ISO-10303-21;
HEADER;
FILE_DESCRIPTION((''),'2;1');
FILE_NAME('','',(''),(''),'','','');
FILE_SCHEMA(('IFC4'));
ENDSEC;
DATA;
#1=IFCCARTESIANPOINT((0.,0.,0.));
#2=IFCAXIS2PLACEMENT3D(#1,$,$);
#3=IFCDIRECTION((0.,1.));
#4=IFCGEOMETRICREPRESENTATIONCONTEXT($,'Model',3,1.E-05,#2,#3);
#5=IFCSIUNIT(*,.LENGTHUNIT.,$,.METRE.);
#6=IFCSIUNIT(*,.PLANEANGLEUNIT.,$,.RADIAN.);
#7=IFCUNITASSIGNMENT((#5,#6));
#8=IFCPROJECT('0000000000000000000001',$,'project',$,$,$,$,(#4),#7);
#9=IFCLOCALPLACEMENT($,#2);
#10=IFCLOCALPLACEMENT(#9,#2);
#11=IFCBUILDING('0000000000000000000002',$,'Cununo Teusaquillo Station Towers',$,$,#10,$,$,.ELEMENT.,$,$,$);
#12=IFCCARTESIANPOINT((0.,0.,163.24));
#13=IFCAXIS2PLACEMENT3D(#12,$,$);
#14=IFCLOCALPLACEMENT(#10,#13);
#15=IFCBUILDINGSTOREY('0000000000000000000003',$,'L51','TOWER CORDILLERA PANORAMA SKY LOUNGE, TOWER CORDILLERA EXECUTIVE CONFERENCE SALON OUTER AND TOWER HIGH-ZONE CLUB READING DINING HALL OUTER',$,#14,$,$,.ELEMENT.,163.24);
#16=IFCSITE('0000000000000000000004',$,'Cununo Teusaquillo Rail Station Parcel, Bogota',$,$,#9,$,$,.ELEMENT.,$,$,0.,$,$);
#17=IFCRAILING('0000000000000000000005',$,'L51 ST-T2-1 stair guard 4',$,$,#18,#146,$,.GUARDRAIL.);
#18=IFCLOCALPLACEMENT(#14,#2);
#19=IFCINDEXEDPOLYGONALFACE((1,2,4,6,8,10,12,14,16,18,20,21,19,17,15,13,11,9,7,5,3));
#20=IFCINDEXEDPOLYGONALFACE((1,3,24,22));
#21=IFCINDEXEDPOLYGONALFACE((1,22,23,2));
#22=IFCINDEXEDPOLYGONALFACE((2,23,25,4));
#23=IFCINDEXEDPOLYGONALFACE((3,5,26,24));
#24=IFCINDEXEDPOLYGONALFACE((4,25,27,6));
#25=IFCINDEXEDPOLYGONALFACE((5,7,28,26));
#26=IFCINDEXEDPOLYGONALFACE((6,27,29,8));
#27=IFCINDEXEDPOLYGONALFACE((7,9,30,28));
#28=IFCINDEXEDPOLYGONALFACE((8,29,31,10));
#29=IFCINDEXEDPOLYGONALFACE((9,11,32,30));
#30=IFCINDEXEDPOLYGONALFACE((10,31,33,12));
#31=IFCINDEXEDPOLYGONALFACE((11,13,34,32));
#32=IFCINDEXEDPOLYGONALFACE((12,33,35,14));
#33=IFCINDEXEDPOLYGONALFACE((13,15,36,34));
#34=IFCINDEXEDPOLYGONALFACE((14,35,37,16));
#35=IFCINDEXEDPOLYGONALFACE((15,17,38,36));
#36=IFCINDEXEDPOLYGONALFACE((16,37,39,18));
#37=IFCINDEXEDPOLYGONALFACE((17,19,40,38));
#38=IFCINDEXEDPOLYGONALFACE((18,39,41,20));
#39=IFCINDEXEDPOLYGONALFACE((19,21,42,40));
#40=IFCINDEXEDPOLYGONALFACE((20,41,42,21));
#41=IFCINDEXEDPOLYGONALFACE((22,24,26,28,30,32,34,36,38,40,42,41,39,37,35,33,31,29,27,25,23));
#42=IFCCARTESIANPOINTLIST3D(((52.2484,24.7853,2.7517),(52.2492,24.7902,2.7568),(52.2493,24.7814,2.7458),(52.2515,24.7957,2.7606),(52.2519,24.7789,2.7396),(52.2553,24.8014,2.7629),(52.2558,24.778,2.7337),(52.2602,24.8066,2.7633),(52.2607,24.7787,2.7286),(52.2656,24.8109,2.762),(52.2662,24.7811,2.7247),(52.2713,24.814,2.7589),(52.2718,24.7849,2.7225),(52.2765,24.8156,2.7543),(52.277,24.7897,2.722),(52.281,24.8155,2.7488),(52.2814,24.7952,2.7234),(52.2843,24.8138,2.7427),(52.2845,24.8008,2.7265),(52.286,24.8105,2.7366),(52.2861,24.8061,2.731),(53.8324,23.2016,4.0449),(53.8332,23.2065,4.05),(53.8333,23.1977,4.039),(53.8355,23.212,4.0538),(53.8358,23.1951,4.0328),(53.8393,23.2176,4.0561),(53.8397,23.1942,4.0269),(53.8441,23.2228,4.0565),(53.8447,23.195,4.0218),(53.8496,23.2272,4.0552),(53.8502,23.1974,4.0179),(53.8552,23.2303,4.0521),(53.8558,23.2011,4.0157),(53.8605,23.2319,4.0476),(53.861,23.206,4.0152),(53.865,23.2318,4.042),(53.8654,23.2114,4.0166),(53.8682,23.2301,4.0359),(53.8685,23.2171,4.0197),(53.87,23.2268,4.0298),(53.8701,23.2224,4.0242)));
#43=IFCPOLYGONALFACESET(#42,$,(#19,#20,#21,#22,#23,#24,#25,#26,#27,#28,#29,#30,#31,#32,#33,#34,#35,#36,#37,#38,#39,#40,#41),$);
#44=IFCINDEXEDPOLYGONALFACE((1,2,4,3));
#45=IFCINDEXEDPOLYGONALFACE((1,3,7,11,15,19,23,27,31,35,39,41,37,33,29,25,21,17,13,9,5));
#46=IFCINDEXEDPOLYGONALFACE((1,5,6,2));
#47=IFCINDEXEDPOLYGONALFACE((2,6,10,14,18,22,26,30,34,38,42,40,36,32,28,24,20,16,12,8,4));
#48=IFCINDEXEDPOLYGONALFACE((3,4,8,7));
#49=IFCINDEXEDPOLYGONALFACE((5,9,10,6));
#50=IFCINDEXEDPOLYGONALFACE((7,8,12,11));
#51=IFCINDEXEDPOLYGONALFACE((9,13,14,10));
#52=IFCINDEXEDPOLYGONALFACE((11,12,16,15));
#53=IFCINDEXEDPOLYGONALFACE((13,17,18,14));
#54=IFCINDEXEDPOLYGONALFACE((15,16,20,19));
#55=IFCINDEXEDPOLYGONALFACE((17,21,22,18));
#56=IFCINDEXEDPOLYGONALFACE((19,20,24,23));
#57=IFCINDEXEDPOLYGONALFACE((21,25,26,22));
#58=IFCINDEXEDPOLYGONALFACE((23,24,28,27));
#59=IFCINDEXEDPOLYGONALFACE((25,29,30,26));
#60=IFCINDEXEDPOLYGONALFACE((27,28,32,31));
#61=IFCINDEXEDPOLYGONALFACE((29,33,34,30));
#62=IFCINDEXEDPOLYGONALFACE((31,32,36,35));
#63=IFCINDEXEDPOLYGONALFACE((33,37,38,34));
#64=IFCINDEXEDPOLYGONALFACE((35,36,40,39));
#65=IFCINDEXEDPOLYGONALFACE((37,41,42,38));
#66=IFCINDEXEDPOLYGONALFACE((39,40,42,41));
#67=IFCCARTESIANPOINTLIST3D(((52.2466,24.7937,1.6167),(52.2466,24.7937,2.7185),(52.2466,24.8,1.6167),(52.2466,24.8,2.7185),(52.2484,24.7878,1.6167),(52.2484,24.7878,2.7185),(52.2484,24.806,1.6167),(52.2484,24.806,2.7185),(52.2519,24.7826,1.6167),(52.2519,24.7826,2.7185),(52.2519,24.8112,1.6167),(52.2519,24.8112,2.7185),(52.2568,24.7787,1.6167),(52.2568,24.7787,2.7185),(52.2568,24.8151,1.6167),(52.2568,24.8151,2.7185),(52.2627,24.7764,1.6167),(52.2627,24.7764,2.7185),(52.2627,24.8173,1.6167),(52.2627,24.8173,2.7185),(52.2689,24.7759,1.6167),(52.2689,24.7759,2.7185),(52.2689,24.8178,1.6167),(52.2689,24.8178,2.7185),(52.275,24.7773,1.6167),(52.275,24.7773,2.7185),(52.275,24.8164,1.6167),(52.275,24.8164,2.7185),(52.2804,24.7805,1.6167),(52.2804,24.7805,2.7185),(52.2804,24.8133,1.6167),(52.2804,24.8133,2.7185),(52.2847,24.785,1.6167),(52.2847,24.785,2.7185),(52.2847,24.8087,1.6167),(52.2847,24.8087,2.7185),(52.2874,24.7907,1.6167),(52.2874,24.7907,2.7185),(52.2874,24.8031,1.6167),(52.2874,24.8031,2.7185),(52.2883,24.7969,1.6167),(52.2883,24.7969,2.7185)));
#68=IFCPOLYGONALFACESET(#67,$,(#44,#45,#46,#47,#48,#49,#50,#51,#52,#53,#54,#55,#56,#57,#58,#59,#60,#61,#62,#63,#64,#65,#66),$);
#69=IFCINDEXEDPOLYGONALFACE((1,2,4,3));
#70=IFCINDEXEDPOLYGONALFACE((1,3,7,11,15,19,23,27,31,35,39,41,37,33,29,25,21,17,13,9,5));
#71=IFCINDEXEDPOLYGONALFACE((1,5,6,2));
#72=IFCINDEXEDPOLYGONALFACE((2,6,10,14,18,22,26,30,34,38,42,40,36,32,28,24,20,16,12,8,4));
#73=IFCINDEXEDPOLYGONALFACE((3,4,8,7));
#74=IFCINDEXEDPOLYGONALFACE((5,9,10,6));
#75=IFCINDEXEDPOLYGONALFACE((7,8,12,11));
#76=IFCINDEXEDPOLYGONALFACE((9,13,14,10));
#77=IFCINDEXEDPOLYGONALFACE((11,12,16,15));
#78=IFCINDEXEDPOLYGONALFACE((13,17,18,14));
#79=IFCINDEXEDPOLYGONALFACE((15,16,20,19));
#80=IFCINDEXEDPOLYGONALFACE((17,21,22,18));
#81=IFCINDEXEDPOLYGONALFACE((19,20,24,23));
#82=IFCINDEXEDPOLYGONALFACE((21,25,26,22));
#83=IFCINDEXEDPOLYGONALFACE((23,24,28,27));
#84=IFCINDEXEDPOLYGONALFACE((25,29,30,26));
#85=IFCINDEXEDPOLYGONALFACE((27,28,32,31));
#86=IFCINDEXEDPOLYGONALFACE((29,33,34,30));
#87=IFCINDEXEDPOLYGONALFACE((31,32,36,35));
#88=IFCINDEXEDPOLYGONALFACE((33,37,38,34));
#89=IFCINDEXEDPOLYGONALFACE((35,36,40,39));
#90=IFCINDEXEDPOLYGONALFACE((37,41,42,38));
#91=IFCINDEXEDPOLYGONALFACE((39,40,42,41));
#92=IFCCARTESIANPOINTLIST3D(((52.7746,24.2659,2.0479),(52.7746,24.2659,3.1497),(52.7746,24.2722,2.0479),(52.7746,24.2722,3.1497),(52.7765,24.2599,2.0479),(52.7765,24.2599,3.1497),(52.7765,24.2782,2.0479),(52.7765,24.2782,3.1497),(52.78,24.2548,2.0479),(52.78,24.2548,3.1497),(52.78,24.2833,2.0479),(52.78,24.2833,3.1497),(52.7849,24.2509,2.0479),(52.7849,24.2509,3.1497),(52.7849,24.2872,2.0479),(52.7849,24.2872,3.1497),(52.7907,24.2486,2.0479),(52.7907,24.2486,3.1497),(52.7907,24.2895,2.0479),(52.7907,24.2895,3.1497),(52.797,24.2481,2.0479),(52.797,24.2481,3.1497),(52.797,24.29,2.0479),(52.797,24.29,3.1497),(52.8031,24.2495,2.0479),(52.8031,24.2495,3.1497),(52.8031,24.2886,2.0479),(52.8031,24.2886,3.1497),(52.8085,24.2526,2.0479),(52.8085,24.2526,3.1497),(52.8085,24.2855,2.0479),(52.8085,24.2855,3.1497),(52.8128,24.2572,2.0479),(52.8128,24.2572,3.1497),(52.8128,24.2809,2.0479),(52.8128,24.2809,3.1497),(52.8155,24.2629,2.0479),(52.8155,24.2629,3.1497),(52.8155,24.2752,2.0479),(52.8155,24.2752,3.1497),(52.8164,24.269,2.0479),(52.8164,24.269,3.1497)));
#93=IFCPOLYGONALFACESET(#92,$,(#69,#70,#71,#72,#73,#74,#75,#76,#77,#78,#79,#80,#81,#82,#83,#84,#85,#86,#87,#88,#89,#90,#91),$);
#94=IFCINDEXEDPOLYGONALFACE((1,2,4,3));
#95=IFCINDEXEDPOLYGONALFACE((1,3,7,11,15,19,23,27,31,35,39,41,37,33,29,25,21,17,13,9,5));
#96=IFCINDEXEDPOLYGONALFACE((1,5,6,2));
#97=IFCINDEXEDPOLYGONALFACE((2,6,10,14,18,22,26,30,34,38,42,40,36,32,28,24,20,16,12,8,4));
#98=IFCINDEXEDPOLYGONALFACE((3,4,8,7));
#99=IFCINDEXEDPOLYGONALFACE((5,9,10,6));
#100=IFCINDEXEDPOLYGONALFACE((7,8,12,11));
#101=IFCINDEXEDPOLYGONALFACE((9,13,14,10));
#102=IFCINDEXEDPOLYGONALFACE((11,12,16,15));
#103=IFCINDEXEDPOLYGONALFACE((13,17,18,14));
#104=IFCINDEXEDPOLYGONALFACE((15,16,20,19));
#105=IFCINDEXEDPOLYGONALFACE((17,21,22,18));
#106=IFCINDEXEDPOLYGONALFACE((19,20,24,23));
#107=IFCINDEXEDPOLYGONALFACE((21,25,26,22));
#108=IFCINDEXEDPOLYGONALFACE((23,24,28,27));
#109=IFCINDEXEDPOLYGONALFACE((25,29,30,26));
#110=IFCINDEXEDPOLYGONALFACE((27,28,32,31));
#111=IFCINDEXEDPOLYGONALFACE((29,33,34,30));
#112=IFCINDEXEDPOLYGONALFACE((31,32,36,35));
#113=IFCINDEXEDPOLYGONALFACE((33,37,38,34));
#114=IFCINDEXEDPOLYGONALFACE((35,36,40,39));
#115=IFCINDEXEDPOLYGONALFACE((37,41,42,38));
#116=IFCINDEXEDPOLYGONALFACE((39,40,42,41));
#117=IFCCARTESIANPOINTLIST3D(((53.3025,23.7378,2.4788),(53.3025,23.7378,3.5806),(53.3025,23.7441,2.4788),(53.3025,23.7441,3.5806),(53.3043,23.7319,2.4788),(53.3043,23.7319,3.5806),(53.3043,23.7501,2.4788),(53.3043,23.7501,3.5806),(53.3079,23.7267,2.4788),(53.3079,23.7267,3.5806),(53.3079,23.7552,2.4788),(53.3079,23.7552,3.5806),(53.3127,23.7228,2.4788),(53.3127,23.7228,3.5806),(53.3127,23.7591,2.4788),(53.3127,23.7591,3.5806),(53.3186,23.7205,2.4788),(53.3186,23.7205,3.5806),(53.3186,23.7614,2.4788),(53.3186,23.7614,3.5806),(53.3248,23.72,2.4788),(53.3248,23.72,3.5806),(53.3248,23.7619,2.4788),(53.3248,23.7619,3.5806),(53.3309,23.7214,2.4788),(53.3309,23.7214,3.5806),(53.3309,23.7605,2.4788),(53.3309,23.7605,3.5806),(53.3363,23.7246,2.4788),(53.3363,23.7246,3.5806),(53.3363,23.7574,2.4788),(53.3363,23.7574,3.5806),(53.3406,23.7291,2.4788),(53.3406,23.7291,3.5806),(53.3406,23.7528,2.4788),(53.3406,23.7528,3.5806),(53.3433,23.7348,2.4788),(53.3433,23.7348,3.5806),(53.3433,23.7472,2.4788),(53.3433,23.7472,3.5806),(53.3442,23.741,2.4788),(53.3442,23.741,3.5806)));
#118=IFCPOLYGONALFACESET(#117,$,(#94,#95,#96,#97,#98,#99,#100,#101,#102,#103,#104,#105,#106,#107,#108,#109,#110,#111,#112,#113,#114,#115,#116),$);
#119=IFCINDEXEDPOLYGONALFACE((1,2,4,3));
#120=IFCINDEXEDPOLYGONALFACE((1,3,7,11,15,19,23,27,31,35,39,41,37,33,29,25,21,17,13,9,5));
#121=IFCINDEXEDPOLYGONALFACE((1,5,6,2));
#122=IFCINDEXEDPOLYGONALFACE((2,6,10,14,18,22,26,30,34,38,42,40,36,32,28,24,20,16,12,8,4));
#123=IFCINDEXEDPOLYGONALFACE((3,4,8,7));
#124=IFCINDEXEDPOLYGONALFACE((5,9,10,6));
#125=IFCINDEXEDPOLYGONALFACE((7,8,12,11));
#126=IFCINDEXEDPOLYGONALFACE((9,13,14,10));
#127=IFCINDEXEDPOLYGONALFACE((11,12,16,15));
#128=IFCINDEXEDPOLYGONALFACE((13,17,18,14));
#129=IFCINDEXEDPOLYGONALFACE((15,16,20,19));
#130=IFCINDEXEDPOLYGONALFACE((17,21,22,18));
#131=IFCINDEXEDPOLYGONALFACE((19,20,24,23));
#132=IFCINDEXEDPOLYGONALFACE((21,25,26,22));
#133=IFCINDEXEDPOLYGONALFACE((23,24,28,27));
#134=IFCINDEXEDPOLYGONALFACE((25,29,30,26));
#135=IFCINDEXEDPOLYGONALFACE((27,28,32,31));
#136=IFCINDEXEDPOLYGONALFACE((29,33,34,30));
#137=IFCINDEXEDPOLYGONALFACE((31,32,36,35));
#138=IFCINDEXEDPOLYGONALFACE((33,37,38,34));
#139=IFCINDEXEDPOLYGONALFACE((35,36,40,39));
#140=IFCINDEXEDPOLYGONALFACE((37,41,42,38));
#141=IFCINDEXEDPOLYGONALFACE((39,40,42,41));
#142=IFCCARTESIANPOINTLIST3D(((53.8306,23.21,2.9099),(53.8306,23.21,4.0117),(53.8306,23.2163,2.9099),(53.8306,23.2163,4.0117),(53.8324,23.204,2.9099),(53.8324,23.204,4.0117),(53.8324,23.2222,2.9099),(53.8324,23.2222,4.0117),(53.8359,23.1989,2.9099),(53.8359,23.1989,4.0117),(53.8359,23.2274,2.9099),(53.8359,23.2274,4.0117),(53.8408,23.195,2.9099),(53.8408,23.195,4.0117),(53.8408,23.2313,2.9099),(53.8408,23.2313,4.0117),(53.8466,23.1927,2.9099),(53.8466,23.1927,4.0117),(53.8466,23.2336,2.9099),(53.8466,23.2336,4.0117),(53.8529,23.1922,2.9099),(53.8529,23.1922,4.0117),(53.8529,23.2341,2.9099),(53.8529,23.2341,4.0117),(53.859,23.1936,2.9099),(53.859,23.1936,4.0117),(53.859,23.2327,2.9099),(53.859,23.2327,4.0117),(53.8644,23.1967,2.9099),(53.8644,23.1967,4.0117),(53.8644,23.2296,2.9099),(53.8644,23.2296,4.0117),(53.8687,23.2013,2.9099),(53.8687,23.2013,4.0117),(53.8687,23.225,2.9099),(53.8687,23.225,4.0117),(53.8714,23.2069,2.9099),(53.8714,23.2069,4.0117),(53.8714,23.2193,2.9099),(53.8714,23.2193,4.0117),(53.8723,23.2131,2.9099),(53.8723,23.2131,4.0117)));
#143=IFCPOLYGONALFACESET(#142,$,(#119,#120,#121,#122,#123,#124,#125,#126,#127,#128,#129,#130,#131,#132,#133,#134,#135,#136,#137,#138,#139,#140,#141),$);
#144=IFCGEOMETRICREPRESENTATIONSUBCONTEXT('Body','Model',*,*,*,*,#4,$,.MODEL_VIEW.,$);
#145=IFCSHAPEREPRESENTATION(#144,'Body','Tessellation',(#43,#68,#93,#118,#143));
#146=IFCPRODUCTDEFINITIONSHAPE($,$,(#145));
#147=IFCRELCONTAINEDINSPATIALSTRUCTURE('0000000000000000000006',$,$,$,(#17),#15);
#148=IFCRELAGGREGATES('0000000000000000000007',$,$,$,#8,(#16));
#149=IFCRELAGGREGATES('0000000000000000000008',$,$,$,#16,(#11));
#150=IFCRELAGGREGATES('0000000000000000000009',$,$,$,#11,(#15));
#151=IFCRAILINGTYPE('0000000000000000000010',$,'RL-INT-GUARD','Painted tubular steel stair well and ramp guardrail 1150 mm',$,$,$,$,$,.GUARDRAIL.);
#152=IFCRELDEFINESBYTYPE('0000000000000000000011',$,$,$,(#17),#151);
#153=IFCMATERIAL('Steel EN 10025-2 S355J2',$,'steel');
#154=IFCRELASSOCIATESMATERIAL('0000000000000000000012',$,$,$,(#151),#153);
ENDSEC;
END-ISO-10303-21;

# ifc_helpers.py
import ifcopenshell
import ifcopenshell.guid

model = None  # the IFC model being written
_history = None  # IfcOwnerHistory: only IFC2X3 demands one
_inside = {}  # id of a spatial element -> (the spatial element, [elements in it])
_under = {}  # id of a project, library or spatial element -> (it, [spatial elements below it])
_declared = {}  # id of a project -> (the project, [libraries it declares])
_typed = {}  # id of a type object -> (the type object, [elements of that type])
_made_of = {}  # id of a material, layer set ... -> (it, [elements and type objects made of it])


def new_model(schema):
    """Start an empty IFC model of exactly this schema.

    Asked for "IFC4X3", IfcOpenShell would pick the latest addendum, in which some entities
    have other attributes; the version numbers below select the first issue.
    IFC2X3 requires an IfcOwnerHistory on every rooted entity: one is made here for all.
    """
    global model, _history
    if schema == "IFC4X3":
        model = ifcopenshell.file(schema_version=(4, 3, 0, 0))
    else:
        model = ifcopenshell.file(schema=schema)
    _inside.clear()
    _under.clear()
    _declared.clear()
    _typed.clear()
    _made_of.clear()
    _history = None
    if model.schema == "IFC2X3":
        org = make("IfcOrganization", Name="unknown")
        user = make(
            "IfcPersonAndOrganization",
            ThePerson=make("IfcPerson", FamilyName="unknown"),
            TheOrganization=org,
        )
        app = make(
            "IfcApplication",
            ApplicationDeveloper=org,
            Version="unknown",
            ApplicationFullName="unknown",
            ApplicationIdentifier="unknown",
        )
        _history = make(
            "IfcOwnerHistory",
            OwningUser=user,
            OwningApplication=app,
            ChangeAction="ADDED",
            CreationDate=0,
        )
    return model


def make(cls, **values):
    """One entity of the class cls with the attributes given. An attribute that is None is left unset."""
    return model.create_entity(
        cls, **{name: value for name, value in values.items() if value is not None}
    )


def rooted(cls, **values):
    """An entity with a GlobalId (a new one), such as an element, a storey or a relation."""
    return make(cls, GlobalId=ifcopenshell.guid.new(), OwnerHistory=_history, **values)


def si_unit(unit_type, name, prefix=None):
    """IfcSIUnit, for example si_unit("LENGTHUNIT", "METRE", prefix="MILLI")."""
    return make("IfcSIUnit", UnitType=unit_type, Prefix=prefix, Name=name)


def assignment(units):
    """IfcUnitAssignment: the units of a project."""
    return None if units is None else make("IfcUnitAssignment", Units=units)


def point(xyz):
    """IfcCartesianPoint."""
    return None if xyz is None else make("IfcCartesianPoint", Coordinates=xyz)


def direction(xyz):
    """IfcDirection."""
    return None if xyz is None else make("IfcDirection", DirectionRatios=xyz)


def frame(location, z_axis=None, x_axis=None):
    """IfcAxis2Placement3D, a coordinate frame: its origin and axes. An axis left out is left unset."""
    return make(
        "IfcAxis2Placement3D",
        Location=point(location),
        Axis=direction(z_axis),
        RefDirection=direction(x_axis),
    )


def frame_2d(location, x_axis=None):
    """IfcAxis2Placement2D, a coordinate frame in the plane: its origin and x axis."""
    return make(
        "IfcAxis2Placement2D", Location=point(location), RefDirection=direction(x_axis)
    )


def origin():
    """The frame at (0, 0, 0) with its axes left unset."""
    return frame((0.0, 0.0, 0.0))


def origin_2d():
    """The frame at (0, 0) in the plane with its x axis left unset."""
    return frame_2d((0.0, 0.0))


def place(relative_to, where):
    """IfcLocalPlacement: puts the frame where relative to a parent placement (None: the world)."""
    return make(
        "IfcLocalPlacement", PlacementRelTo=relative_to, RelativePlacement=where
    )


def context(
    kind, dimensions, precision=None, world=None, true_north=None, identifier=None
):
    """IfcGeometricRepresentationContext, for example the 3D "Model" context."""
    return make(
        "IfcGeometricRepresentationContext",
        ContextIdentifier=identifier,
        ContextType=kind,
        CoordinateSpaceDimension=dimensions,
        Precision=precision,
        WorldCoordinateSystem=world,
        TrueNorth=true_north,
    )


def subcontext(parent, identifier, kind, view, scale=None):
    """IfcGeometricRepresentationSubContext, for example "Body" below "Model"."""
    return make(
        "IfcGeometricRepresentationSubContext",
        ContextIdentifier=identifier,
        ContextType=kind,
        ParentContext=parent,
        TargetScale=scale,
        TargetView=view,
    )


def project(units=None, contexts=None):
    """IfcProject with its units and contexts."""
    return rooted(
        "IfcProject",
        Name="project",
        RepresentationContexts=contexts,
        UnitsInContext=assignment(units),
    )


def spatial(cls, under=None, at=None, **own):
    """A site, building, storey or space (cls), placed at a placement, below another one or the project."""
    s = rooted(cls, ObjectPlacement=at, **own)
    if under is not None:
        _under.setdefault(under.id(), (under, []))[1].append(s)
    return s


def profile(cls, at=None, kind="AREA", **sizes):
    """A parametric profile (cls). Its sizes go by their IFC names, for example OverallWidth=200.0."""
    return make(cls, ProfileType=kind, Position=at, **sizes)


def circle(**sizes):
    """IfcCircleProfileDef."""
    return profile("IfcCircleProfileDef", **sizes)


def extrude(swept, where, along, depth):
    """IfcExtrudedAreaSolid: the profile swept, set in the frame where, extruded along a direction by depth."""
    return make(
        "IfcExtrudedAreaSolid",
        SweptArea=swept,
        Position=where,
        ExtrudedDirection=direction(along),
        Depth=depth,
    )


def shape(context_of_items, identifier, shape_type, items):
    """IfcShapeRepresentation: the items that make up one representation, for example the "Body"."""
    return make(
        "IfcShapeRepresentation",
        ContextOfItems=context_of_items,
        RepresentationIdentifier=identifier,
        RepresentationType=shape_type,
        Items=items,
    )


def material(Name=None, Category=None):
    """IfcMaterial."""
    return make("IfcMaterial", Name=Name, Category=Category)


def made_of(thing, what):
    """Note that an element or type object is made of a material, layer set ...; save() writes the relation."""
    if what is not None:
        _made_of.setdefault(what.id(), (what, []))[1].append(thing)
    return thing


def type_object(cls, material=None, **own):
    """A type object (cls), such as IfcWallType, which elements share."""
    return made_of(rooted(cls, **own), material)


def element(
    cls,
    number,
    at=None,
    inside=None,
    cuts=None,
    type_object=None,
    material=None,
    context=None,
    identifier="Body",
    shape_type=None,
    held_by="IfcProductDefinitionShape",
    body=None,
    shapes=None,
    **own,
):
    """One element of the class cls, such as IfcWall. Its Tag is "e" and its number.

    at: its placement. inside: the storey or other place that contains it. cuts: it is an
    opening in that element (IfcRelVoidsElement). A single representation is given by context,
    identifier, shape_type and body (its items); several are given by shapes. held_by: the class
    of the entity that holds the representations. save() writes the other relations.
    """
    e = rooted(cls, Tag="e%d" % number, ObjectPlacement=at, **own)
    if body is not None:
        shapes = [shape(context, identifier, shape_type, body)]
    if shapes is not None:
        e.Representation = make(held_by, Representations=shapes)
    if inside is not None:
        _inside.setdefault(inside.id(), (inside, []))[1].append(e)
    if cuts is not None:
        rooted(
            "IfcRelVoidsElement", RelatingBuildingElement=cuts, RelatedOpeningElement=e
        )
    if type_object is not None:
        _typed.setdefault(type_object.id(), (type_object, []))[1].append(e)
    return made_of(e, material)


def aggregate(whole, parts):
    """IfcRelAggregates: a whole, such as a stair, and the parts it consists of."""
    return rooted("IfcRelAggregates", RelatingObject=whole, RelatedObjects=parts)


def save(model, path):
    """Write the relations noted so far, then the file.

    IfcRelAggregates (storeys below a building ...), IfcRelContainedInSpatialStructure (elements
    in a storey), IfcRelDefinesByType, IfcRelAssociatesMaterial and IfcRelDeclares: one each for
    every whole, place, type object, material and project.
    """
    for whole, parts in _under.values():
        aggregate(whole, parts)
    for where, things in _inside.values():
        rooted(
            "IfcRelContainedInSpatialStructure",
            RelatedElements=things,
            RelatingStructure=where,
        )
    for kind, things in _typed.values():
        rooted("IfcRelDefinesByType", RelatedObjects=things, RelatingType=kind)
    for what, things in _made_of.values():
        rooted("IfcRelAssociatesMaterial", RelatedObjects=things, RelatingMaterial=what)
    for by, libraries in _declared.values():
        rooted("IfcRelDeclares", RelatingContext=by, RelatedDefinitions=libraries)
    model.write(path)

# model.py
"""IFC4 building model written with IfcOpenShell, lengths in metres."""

from ifc_helpers import new_model, si_unit, direction, frame, origin, origin_2d, place, context, subcontext, project, spatial, circle, extrude, material, type_object, element, save


model = new_model("IFC4")

# Units and contexts
model_context = context("Model", 3, precision=1e-05, world=origin(), true_north=direction((0.0, 1.0)))
body_context = subcontext(model_context, "Body", "Model", "MODEL_VIEW")
ifc_project = project(units=[si_unit("LENGTHUNIT", "METRE"), si_unit("PLANEANGLEUNIT", "RADIAN")], contexts=[model_context])

# Site, building, storey
site_placement = place(None, origin())
site = spatial("IfcSite", under=ifc_project, at=site_placement, Name="Cununo Teusaquillo Rail Station Parcel, Bogota", CompositionType="ELEMENT", RefElevation=0.0)
building_placement = place(site_placement, origin())
building = spatial("IfcBuilding", under=site, at=building_placement, Name="Cununo Teusaquillo Station Towers", CompositionType="ELEMENT")
storey_placement = place(building_placement, frame((0.0, 0.0, 163.24)))
storey = spatial("IfcBuildingStorey", under=building, at=storey_placement, Name="L51", Description="TOWER CORDILLERA PANORAMA SKY LOUNGE, TOWER CORDILLERA EXECUTIVE CONFERENCE SALON OUTER AND TOWER HIGH-ZONE CLUB READING DINING HALL OUTER", CompositionType="ELEMENT", Elevation=163.24)

# Railing
ifc_material_1 = material(Name="Steel EN 10025-2 S355J2", Category="steel")
railing_type_1 = type_object("IfcRailingType", Name="RL-INT-GUARD", Description="Painted tubular steel stair well and ramp guardrail 1150 mm", PredefinedType="GUARDRAIL", material=ifc_material_1)
railing_1_placement = place(storey_placement, frame((52.2673, 24.7969, 1.6167)))
element("IfcRailing", 1, at=railing_1_placement, inside=storey, type_object=railing_type_1, Name="L51 ST-T2-1 stair guard 4", PredefinedType="GUARDRAIL", context=body_context, shape_type="SweptSolid", body=[
    extrude(circle(Radius=0.0239, at=origin_2d()), frame((0.0, 0.0, 1.126), z_axis=(0.61242, -0.612326, 0.499998), x_axis=(0.707052, 0.707161, 0.0)), (0.0, 0.0, 1.0), 2.5864),
    extrude(circle(Radius=0.021, at=origin_2d()), origin(), (0.0, 0.0, 1.0), 1.1018),
    extrude(circle(Radius=0.021, at=origin_2d()), frame((0.5281, -0.5278, 0.4312)), (0.0, 0.0, 1.0), 1.1018),
    extrude(circle(Radius=0.021, at=origin_2d()), frame((1.0559, -1.0559, 0.8621)), (0.0, 0.0, 1.0), 1.1018),
    extrude(circle(Radius=0.021, at=origin_2d()), frame((1.584, -1.5837, 1.2932)), (0.0, 0.0, 1.0), 1.1018),
])

save(model, "model.ifc")
